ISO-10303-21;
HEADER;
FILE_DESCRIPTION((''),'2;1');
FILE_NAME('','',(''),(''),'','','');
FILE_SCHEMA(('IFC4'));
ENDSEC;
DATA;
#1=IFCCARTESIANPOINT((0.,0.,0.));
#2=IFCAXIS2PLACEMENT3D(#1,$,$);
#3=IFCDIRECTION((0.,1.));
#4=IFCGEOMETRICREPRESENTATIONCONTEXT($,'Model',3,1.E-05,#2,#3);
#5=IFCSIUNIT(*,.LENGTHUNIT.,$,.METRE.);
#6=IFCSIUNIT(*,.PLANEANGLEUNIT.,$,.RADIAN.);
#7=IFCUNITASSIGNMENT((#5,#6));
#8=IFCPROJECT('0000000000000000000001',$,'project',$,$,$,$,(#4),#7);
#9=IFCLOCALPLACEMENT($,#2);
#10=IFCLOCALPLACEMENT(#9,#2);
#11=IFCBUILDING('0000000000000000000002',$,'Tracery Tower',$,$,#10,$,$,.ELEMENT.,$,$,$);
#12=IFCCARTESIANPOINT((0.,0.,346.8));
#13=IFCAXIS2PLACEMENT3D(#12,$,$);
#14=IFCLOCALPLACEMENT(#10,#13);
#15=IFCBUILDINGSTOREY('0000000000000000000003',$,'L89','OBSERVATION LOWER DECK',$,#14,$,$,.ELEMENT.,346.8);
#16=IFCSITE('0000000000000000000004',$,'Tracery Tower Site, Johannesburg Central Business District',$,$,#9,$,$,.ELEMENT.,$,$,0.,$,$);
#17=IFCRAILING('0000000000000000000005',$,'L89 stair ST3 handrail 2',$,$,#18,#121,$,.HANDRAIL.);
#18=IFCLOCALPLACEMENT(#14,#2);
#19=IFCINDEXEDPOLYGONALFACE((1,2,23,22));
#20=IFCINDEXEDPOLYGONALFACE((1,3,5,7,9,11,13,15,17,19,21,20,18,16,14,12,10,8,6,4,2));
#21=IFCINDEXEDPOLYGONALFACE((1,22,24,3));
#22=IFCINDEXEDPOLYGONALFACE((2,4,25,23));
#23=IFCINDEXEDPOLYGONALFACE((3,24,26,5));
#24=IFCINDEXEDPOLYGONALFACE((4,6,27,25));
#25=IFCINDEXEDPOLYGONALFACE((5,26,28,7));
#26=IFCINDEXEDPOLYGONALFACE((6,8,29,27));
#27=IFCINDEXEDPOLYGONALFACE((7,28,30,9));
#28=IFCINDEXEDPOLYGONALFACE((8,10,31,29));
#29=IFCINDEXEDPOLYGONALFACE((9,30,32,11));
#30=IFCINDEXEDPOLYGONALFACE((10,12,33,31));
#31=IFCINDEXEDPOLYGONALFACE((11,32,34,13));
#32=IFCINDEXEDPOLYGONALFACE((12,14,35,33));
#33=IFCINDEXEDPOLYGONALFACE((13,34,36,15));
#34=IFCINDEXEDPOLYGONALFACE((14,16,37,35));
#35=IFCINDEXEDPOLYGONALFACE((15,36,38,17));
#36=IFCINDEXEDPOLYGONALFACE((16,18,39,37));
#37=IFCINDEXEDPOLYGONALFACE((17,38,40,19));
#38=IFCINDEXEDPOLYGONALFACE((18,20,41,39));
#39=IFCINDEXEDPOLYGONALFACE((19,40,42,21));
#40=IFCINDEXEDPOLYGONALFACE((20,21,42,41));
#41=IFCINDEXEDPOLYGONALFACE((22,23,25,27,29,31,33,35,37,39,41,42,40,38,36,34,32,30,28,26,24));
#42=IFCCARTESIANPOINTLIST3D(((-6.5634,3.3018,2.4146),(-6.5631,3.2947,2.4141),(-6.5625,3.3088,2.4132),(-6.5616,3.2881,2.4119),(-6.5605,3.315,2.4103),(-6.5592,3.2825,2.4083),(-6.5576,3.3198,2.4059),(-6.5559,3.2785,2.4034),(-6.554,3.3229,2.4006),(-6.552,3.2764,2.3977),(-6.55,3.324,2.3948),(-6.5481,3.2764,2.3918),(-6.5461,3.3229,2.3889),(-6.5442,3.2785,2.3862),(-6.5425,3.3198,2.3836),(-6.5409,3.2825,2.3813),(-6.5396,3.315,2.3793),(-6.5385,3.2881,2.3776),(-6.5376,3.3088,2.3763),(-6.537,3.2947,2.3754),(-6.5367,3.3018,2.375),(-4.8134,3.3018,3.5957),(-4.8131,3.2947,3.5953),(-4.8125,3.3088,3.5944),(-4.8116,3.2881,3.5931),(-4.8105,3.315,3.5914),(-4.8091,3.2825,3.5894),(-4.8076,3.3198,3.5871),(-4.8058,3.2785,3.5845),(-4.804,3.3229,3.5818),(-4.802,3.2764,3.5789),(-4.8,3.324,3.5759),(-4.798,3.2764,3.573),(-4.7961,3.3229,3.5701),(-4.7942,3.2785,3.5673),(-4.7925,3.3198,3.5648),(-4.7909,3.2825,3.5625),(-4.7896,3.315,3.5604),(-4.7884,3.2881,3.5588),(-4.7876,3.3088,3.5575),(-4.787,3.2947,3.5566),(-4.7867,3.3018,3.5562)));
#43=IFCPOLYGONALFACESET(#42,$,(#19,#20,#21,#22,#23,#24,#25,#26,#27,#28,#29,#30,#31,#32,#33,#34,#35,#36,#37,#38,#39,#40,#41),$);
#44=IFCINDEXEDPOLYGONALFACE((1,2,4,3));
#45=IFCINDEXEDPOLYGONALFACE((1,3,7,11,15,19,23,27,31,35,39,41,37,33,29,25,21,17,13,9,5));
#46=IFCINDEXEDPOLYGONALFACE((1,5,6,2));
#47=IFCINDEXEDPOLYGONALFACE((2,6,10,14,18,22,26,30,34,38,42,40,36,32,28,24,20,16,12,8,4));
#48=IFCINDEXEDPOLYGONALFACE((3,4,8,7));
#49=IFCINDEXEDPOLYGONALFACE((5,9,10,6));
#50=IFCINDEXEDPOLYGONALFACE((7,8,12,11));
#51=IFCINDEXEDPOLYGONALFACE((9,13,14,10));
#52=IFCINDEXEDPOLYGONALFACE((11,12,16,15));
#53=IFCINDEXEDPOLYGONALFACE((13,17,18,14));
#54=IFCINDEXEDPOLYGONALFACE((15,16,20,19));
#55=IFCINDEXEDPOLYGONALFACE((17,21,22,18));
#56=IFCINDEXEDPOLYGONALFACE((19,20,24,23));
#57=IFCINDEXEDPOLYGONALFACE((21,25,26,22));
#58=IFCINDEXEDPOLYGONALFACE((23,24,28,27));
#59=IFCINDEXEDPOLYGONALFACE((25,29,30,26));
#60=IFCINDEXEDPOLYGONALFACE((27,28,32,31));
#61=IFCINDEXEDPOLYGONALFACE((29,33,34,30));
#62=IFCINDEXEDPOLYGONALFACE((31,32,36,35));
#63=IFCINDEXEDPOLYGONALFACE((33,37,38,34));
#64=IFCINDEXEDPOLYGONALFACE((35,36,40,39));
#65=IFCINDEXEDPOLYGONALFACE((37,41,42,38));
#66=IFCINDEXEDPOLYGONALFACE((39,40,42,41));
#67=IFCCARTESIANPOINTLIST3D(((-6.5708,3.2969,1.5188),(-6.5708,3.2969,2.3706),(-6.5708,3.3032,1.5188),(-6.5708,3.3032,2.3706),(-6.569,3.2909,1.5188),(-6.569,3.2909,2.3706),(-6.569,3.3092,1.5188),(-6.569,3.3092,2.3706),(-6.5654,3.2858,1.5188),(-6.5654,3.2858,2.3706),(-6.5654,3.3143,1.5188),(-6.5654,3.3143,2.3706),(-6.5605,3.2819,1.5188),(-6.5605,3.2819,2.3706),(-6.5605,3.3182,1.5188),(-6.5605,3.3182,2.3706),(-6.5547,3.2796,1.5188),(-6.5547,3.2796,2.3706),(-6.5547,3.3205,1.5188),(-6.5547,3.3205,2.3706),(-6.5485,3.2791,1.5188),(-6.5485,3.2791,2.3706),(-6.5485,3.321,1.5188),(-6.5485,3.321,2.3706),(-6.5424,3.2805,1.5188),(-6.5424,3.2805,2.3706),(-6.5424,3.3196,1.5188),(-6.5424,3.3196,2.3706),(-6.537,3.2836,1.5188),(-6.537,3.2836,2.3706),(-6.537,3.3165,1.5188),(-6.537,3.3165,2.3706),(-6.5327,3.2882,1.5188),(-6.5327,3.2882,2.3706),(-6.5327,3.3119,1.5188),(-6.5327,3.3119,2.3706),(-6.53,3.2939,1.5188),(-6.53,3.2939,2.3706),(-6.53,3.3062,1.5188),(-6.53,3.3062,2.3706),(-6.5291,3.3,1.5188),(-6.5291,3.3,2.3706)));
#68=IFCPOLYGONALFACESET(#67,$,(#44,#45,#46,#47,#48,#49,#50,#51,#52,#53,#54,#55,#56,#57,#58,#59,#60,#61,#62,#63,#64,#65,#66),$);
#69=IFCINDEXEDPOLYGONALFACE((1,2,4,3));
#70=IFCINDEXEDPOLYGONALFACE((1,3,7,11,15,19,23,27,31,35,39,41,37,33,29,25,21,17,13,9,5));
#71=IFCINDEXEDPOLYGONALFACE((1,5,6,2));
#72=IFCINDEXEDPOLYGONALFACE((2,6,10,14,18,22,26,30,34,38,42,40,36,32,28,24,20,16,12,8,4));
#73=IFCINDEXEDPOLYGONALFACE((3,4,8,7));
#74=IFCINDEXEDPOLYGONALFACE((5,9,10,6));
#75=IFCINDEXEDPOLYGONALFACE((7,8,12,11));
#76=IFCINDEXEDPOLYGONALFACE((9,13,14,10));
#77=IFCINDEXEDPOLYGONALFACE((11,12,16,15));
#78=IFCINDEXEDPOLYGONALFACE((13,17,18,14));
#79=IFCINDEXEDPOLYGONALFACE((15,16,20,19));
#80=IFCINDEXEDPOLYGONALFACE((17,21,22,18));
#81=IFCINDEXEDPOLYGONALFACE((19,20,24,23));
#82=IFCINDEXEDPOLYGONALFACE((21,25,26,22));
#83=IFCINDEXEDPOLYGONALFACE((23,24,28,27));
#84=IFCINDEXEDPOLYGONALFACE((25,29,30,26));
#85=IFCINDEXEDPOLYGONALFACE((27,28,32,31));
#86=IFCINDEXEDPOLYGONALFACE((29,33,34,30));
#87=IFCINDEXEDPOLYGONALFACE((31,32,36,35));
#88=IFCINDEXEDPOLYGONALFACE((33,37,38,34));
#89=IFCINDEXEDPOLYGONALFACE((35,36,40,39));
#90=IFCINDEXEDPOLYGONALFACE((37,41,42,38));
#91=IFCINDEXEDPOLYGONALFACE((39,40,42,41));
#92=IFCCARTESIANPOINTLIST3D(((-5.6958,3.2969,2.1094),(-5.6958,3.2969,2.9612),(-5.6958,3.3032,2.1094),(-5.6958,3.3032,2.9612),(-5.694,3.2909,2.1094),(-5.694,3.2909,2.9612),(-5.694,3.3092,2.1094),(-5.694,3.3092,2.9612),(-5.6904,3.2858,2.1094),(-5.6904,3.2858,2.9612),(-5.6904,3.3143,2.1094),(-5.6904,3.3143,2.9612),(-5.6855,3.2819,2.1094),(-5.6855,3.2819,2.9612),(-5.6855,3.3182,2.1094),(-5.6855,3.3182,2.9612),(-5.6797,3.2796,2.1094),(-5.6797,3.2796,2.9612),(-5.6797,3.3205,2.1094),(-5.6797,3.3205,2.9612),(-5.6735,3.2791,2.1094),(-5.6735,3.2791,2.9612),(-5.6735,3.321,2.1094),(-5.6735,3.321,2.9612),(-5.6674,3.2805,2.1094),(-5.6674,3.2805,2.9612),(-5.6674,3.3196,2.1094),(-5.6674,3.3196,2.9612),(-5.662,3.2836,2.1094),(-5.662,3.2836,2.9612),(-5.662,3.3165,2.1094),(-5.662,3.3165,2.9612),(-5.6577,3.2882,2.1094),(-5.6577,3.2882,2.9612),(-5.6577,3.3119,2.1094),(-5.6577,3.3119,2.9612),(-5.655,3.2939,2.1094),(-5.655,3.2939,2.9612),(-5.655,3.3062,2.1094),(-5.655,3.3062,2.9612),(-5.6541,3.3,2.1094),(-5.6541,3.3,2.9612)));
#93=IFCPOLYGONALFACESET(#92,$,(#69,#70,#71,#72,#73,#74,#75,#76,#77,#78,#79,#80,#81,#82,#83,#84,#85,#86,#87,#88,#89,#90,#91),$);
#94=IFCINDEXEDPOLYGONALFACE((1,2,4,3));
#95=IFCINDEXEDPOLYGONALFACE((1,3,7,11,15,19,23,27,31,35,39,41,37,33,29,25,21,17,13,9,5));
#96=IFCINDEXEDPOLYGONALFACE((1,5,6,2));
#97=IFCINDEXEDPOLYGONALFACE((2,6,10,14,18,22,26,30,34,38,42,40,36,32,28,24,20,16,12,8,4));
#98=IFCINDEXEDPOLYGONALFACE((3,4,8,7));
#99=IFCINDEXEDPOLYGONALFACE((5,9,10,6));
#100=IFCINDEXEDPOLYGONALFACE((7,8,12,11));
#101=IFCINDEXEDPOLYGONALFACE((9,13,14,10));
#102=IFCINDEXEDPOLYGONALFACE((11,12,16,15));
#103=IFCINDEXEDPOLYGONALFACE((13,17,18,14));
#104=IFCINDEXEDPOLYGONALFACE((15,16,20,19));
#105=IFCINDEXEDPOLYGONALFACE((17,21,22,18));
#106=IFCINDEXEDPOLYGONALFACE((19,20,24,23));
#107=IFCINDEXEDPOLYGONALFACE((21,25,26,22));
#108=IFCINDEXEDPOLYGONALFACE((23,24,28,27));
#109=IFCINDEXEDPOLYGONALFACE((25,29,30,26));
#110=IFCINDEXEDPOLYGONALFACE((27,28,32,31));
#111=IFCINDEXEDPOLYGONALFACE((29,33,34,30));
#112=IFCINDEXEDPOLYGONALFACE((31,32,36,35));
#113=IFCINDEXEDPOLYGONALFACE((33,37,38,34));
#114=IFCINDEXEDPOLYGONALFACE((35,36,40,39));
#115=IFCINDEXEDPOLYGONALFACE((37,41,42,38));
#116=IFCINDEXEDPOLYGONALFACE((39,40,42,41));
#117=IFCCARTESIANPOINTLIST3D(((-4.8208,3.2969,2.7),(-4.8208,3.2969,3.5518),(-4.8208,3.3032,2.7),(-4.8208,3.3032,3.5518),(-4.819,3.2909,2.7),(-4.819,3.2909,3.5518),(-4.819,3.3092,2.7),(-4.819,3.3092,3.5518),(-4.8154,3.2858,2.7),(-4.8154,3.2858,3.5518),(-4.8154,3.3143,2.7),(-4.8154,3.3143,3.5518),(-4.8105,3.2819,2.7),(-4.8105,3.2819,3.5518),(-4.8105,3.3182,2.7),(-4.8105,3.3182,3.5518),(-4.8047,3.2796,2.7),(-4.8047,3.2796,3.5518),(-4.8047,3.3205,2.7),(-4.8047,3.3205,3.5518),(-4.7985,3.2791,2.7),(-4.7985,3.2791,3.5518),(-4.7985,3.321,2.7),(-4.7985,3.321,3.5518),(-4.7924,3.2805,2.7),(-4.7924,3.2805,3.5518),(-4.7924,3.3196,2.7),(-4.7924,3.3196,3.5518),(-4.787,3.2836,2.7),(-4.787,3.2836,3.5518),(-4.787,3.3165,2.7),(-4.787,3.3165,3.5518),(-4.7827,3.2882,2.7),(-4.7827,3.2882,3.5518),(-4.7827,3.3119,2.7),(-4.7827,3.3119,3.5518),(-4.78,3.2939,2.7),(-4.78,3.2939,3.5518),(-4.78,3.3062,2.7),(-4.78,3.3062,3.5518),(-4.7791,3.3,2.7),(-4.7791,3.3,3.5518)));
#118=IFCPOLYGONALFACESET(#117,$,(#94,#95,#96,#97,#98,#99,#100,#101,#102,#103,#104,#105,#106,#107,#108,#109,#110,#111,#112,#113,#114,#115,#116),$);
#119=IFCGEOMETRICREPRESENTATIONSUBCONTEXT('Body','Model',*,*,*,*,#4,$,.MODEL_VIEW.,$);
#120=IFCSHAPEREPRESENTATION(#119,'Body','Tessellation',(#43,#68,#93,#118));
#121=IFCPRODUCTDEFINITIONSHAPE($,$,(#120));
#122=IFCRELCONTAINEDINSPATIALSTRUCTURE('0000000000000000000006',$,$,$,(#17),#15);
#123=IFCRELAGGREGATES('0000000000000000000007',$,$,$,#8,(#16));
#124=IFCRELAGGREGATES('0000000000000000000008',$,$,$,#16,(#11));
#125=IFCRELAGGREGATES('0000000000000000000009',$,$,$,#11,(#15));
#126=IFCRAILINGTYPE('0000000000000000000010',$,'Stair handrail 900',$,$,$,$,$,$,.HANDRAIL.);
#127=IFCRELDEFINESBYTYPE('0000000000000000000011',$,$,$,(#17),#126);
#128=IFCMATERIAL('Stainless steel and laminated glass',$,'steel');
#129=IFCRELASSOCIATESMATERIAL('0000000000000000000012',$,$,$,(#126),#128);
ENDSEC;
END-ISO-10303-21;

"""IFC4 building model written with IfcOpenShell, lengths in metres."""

from ifc_helpers import new_model, si_unit, direction, frame, origin, origin_2d, place, context, subcontext, project, spatial, circle, extrude, material, type_object, element, save


model = new_model("IFC4")

# Units and contexts
model_context = context("Model", 3, precision=1e-05, world=origin(), true_north=direction((0.0, 1.0)))
body_context = subcontext(model_context, "Body", "Model", "MODEL_VIEW")
ifc_project = project(units=[si_unit("LENGTHUNIT", "METRE"), si_unit("PLANEANGLEUNIT", "RADIAN")], contexts=[model_context])

# Site, building, storey
site_placement = place(None, origin())
site = spatial("IfcSite", under=ifc_project, at=site_placement, Name="Tracery Tower Site, Johannesburg Central Business District", CompositionType="ELEMENT", RefElevation=0.0)
building_placement = place(site_placement, origin())
building = spatial("IfcBuilding", under=site, at=building_placement, Name="Tracery Tower", CompositionType="ELEMENT")
storey_placement = place(building_placement, frame((0.0, 0.0, 346.8)))
storey = spatial("IfcBuildingStorey", under=building, at=storey_placement, Name="L89", Description="OBSERVATION LOWER DECK", CompositionType="ELEMENT", Elevation=346.8)

# Railing
ifc_material_1 = material(Name="Stainless steel and laminated glass", Category="steel")
railing_type_1 = type_object("IfcRailingType", Name="Stair handrail 900", PredefinedType="HANDRAIL", material=ifc_material_1)
railing_1_placement = place(storey_placement, frame((-6.55, 3.3, 1.5188)))
element("IfcRailing", 1, at=railing_1_placement, inside=storey, type_object=railing_type_1, Name="L89 stair ST3 handrail 2", PredefinedType="HANDRAIL", context=body_context, shape_type="SweptSolid", body=[
    extrude(circle(Radius=0.0239, at=origin_2d()), frame((0.0, 0.0, 0.876), z_axis=(0.82887, 0.0, 0.559441), x_axis=(0.0, 1.0, 0.0)), (0.0, 0.0, 1.0), 2.1113),
    extrude(circle(Radius=0.021, at=origin_2d()), origin(), (0.0, 0.0, 1.0), 0.8518),
    extrude(circle(Radius=0.021, at=origin_2d()), frame((0.875, 0.0, 0.5906)), (0.0, 0.0, 1.0), 0.8518),
    extrude(circle(Radius=0.021, at=origin_2d()), frame((1.75, 0.0, 1.1812)), (0.0, 0.0, 1.0), 0.8518),
])

save(model, "model.ifc")
